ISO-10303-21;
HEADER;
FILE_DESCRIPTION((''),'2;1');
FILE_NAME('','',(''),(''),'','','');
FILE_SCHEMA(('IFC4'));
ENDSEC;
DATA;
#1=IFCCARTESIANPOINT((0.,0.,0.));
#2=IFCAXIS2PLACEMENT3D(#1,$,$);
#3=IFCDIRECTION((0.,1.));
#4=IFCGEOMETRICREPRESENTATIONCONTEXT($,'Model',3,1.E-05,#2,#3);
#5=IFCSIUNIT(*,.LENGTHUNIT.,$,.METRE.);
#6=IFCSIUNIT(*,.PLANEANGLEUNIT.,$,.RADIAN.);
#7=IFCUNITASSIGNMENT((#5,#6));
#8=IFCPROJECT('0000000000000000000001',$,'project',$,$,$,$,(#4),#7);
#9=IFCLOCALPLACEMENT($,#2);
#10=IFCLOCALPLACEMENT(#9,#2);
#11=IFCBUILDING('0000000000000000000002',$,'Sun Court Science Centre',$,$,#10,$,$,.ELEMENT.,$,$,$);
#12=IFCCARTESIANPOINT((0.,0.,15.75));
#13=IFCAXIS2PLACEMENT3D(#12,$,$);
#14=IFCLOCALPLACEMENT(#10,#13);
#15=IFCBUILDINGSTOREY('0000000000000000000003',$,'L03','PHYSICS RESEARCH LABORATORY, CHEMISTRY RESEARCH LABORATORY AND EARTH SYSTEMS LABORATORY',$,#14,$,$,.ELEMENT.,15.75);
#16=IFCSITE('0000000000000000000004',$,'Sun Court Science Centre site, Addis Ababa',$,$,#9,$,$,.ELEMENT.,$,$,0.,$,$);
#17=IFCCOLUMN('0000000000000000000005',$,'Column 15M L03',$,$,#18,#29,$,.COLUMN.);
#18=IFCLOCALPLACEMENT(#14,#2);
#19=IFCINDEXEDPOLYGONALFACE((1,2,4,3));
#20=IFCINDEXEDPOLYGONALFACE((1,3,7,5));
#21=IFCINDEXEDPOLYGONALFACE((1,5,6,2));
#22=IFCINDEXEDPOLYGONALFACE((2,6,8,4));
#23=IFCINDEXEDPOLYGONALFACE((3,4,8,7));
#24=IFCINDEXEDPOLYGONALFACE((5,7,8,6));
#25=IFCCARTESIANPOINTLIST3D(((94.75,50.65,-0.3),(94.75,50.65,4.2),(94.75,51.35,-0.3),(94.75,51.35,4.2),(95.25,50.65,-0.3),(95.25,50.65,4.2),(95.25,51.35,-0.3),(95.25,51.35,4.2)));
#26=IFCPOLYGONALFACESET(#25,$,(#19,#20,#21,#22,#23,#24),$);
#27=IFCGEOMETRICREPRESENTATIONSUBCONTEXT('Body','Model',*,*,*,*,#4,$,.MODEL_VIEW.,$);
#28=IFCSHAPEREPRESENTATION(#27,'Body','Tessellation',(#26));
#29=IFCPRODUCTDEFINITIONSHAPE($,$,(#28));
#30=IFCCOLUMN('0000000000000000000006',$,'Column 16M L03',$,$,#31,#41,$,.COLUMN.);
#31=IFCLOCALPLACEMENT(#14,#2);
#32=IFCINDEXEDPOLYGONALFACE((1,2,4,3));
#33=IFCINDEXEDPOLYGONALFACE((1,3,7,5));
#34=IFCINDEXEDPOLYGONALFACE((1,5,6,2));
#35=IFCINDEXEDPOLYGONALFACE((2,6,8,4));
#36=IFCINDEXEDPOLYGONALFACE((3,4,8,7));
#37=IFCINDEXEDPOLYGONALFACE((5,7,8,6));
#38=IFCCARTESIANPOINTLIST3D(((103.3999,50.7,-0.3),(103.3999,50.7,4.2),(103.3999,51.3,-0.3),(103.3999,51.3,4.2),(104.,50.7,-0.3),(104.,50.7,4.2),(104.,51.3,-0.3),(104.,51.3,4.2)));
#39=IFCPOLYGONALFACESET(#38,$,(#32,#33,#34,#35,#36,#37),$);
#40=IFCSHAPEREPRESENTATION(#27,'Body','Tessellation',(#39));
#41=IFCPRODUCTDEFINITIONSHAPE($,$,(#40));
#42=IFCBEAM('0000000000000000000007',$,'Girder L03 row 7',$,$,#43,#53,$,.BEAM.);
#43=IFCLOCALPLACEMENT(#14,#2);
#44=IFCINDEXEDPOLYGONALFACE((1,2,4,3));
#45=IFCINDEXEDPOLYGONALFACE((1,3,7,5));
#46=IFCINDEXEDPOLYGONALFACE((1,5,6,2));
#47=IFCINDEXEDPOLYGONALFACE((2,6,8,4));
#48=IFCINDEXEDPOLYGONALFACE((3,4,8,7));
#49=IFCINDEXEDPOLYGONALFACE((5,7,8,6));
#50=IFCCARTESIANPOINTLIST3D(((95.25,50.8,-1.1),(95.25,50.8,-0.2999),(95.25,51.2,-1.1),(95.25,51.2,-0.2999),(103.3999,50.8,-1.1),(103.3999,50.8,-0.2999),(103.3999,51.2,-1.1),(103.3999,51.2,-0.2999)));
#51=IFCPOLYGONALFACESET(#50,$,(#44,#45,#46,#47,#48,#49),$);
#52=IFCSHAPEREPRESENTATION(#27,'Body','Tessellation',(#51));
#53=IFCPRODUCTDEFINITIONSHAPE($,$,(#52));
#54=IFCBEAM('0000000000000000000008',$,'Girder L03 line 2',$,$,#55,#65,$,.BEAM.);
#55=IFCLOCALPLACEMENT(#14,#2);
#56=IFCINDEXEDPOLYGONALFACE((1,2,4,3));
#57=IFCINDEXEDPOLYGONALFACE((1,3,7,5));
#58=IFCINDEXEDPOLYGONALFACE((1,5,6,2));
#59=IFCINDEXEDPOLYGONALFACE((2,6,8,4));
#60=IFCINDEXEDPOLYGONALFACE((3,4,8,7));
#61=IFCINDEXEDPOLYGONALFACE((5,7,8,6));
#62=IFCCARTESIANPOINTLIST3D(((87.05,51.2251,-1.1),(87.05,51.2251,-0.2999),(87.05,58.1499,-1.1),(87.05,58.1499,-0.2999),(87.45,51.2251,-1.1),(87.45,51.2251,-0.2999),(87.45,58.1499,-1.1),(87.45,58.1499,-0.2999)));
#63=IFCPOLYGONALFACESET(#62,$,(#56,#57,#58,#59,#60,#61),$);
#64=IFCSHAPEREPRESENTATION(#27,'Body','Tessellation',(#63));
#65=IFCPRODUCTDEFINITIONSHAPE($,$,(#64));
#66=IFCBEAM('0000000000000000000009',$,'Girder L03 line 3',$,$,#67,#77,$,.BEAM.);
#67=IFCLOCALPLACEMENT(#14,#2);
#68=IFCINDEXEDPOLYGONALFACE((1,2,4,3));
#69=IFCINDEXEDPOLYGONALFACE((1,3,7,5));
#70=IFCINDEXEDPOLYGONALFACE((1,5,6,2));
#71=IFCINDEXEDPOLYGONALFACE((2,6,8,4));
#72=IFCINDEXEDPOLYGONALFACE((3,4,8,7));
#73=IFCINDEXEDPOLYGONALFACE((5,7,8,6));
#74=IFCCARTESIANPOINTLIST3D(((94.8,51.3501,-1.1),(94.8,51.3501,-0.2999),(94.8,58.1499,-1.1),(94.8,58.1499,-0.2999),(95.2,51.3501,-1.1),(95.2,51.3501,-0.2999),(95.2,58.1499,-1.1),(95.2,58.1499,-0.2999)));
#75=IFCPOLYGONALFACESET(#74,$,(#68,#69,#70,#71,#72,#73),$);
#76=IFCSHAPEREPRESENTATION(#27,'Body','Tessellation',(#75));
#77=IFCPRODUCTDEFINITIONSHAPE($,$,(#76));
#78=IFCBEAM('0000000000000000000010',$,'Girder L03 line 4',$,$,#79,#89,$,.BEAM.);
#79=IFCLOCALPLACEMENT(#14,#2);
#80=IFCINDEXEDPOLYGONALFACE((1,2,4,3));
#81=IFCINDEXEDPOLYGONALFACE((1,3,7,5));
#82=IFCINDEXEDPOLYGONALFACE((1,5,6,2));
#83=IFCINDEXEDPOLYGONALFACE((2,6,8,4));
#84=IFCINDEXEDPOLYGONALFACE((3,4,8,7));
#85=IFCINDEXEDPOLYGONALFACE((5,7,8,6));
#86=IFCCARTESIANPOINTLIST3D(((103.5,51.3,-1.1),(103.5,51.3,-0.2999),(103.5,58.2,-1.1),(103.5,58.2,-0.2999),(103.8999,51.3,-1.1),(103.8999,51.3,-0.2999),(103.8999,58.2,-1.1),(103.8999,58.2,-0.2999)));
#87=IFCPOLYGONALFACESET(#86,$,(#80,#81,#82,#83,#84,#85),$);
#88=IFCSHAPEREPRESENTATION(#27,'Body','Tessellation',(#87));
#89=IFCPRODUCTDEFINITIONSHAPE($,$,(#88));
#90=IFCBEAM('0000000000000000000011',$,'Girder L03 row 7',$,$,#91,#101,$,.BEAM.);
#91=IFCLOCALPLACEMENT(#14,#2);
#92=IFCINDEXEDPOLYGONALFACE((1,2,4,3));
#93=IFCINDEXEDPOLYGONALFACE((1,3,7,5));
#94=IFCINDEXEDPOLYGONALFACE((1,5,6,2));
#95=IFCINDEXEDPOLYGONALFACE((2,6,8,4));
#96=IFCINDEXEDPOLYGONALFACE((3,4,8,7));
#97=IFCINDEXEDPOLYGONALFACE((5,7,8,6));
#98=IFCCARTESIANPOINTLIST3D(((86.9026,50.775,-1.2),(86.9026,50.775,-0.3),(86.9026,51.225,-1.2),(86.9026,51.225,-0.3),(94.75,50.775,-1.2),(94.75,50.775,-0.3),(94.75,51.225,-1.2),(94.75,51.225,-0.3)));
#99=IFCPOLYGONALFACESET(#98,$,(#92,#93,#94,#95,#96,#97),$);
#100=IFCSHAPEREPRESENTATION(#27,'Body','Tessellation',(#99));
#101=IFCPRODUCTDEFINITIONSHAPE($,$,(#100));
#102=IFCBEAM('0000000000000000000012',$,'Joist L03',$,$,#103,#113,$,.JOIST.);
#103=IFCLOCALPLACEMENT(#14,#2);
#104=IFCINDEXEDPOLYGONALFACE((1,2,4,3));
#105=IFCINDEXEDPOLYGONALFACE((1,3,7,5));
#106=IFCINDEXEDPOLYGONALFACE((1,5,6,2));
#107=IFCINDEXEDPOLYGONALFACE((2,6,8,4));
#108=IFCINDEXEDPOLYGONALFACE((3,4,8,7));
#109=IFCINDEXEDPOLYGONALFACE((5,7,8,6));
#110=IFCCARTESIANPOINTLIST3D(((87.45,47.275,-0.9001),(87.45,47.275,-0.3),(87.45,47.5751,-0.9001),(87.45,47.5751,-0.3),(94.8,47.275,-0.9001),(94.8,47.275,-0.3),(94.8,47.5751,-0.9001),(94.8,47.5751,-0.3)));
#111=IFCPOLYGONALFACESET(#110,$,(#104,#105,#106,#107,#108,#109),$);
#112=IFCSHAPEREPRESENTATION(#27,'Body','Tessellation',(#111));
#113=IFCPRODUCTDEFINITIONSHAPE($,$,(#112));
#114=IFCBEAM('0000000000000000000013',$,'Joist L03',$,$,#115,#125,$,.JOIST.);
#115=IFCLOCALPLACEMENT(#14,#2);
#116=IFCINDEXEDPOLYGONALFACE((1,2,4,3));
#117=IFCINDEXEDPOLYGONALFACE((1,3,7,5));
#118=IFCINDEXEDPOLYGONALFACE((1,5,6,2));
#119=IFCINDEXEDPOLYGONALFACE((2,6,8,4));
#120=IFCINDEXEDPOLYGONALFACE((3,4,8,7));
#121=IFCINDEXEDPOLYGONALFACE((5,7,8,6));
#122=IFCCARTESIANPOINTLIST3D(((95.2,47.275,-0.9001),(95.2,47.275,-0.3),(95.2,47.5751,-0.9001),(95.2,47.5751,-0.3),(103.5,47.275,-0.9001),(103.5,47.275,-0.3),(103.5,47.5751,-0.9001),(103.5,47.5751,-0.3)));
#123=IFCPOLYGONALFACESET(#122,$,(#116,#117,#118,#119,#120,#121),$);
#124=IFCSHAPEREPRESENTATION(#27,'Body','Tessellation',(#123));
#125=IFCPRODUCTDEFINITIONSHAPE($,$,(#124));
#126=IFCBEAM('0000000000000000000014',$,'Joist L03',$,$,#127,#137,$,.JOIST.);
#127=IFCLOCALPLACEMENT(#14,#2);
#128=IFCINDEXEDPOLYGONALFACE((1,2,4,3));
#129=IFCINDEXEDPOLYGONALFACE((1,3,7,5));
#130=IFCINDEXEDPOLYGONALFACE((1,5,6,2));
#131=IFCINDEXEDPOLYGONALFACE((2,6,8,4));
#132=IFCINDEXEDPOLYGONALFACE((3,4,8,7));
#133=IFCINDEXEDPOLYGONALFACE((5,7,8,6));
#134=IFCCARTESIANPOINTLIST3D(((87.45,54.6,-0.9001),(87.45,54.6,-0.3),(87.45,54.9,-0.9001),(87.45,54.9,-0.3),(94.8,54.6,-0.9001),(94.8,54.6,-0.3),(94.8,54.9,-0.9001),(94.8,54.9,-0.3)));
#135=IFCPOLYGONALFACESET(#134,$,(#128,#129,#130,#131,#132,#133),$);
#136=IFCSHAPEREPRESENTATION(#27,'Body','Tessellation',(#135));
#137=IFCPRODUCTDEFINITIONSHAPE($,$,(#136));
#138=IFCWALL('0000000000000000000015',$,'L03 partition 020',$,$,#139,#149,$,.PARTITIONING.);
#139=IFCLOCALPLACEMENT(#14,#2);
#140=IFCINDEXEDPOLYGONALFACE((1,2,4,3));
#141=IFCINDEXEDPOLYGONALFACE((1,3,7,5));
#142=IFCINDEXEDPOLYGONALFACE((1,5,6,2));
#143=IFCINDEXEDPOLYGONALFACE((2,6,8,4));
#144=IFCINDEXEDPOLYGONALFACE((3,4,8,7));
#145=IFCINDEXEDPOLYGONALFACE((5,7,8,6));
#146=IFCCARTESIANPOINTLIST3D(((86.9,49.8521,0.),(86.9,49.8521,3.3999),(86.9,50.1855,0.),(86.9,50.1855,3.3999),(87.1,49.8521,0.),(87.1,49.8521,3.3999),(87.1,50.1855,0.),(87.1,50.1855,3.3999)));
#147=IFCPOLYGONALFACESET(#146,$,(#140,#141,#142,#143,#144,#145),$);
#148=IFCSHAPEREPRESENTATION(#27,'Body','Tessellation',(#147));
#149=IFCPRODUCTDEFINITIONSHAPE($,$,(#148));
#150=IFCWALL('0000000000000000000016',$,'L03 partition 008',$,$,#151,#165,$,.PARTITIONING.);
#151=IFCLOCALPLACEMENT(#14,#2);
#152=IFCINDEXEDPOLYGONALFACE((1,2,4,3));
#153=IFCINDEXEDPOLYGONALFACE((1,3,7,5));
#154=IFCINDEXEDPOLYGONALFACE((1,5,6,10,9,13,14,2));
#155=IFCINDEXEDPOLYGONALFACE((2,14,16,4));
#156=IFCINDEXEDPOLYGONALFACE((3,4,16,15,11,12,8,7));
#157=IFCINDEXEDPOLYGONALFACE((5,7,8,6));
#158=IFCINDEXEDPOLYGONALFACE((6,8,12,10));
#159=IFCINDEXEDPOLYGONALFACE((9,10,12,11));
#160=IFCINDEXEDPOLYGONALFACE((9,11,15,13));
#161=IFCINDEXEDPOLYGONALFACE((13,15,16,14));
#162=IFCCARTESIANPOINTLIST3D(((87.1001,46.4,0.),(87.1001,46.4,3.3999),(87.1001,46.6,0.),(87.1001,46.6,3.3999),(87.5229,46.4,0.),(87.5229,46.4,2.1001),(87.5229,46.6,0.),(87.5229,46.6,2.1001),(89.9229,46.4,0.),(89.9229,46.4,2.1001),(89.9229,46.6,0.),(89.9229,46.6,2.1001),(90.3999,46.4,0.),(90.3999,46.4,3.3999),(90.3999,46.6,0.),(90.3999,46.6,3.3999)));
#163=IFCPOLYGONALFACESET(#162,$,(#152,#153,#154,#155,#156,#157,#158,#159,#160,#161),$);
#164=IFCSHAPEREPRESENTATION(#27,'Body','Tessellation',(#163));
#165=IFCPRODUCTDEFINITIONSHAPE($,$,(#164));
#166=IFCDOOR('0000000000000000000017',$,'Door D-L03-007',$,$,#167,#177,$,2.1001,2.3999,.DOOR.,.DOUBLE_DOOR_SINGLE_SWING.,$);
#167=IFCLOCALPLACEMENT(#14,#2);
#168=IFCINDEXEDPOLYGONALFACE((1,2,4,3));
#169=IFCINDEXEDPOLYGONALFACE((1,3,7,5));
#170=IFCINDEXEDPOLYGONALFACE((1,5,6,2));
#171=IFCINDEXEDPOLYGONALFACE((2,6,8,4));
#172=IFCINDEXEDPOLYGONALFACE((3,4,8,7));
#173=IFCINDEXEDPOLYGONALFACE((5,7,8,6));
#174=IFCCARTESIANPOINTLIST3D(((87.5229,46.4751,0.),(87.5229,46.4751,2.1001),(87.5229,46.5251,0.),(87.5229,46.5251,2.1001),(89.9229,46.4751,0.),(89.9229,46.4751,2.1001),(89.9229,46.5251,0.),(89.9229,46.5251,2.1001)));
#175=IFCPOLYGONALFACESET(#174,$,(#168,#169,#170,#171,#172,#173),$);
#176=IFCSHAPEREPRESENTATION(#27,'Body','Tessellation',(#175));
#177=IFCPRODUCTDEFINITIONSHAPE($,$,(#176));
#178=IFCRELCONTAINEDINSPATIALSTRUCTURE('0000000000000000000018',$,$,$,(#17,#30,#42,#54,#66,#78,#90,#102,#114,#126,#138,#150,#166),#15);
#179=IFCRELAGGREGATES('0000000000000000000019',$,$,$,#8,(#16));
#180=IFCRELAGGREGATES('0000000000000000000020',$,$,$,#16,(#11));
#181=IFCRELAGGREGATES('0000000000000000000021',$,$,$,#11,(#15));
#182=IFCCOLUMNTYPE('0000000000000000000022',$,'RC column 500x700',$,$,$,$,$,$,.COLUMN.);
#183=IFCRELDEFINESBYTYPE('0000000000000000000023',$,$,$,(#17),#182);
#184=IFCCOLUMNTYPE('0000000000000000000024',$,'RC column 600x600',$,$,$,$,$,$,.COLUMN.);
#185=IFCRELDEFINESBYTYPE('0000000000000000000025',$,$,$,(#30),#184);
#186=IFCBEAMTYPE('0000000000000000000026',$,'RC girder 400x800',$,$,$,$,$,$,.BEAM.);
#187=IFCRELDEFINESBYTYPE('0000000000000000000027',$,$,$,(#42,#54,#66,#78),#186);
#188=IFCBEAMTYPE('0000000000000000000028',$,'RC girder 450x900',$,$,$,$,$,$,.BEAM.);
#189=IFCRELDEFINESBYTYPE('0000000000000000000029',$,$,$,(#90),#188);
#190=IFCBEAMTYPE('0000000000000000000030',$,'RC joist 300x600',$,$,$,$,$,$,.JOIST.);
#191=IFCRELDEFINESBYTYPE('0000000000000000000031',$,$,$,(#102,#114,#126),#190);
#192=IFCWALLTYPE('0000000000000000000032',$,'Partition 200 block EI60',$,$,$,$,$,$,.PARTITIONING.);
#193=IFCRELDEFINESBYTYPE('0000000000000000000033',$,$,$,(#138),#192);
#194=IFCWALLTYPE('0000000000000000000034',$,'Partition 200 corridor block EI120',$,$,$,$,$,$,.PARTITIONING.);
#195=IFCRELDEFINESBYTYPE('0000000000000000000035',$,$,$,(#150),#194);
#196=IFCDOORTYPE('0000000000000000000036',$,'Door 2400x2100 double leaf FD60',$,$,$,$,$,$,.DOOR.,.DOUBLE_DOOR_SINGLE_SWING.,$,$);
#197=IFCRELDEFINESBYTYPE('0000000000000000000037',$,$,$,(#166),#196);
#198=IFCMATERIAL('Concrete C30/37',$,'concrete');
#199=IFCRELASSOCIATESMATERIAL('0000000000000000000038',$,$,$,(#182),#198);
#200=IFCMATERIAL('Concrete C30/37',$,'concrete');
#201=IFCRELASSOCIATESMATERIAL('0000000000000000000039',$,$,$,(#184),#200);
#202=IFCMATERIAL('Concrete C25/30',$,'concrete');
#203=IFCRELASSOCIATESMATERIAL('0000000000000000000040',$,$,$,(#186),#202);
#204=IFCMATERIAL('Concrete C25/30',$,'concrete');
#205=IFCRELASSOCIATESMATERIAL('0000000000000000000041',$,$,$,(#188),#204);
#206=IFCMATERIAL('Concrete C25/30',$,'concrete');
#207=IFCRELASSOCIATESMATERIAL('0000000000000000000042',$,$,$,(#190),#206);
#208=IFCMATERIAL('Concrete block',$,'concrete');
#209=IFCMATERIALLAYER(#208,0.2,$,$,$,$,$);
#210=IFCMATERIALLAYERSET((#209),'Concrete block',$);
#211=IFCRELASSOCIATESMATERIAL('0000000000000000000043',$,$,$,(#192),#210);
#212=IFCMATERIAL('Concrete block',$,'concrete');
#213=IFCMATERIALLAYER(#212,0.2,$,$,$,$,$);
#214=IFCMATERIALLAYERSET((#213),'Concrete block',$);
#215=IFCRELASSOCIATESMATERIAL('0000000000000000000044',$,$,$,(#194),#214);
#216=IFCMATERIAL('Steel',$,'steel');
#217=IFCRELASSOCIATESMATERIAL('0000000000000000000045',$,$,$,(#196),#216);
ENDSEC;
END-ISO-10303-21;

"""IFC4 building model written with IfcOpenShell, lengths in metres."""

from ifc_helpers import new_model, si_unit, direction, frame, frame_2d, origin, origin_2d, place, context, subcontext, project, spatial, rectangle, extrude, material, layer, layer_set, material_profile, profile_set, type_object, element, fill, save


model = new_model("IFC4")

# Units and contexts
model_context = context("Model", 3, precision=1e-05, world=origin(), true_north=direction((0.0, 1.0)))
body_context = subcontext(model_context, "Body", "Model", "MODEL_VIEW")
ifc_project = project(units=[si_unit("LENGTHUNIT", "METRE"), si_unit("PLANEANGLEUNIT", "RADIAN")], contexts=[model_context])

# Site, building, storey
site_placement = place(None, origin())
site = spatial("IfcSite", under=ifc_project, at=site_placement, Name="Sun Court Science Centre site, Addis Ababa", CompositionType="ELEMENT", RefElevation=0.0)
building_placement = place(site_placement, origin())
building = spatial("IfcBuilding", under=site, at=building_placement, Name="Sun Court Science Centre", CompositionType="ELEMENT")
storey_placement = place(building_placement, frame((0.0, 0.0, 15.75)))
storey = spatial("IfcBuildingStorey", under=building, at=storey_placement, Name="L03", Description="PHYSICS RESEARCH LABORATORY, CHEMISTRY RESEARCH LABORATORY AND EARTH SYSTEMS LABORATORY", CompositionType="ELEMENT", Elevation=15.75)

# Columns
ifc_material_1 = material(Name="Concrete C30/37", Category="concrete")
ifc_material_profile_1 = material_profile(ifc_material_1, rectangle(XDim=0.5, YDim=0.7, at=origin_2d()), Name="RC 500x700")
ifc_profile_set_1 = profile_set([ifc_material_profile_1], Name="Concrete C30/37")
column_type_1 = type_object("IfcColumnType", Name="RC column 500x700", PredefinedType="COLUMN", material=ifc_profile_set_1)
column_1_placement = place(storey_placement, frame((95.0, 51.0, -0.3), z_axis=(0.0, 0.0, 1.0), x_axis=(1.0, 0.0, 0.0)))
element("IfcColumn", 1, at=column_1_placement, inside=storey, type_object=column_type_1, Name="Column 15M L03", PredefinedType="COLUMN", context=body_context, shape_type="SweptSolid", body=[
    extrude(rectangle(XDim=0.5, YDim=0.7, at=origin_2d()), origin(), (0.0, 0.0, 1.0), 4.5),
])
ifc_material_2 = material(Name="Concrete C30/37", Category="concrete")
ifc_material_profile_2 = material_profile(ifc_material_2, rectangle(XDim=0.6001, YDim=0.6001, at=origin_2d()), Name="RC 600x600")
ifc_profile_set_2 = profile_set([ifc_material_profile_2], Name="Concrete C30/37")
column_type_2 = type_object("IfcColumnType", Name="RC column 600x600", PredefinedType="COLUMN", material=ifc_profile_set_2)
column_2_placement = place(storey_placement, frame((103.7, 51.0, -0.3), z_axis=(0.0, 0.0, 1.0), x_axis=(1.0, 0.0, 0.0)))
element("IfcColumn", 2, at=column_2_placement, inside=storey, type_object=column_type_2, Name="Column 16M L03", PredefinedType="COLUMN", context=body_context, shape_type="SweptSolid", body=[
    extrude(rectangle(XDim=0.6001, YDim=0.6001, at=origin_2d()), origin(), (0.0, 0.0, 1.0), 4.5),
])

# Beams
ifc_material_3 = material(Name="Concrete C25/30", Category="concrete")
ifc_material_profile_3 = material_profile(ifc_material_3, rectangle(XDim=0.3999, YDim=0.8, at=origin_2d()), Name="RC 400x800")
ifc_profile_set_3 = profile_set([ifc_material_profile_3], Name="Concrete C25/30")
beam_type_1 = type_object("IfcBeamType", Name="RC girder 400x800", PredefinedType="BEAM", material=ifc_profile_set_3)
beam_1_placement = place(storey_placement, frame((95.25, 51.0, -0.7), z_axis=(1.0, 0.0, 0.0), x_axis=(0.0, 1.0, 0.0)))
element("IfcBeam", 3, at=beam_1_placement, inside=storey, type_object=beam_type_1, Name="Girder L03 row 7", PredefinedType="BEAM", context=body_context, shape_type="SweptSolid", body=[
    extrude(rectangle(XDim=0.3999, YDim=0.8, at=origin_2d()), origin(), (0.0, 0.0, 1.0), 8.1499),
])
beam_2_placement = place(storey_placement, frame((87.25, 51.2251, -0.7), z_axis=(0.0, 1.0, 0.0), x_axis=(-1.0, 0.0, 0.0)))
element("IfcBeam", 4, at=beam_2_placement, inside=storey, type_object=beam_type_1, Name="Girder L03 line 2", PredefinedType="BEAM", context=body_context, shape_type="SweptSolid", body=[
    extrude(rectangle(XDim=0.3999, YDim=0.8, at=origin_2d()), origin(), (0.0, 0.0, 1.0), 6.9248),
])
beam_3_placement = place(storey_placement, frame((95.0, 51.3501, -0.7), z_axis=(0.0, 1.0, 0.0), x_axis=(-1.0, 0.0, 0.0)))
element("IfcBeam", 5, at=beam_3_placement, inside=storey, type_object=beam_type_1, Name="Girder L03 line 3", PredefinedType="BEAM", context=body_context, shape_type="SweptSolid", body=[
    extrude(rectangle(XDim=0.3999, YDim=0.8, at=origin_2d()), origin(), (0.0, 0.0, 1.0), 6.7998),
])
beam_4_placement = place(storey_placement, frame((103.7, 51.3, -0.7), z_axis=(0.0, 1.0, 0.0), x_axis=(-1.0, 0.0, 0.0)))
element("IfcBeam", 6, at=beam_4_placement, inside=storey, type_object=beam_type_1, Name="Girder L03 line 4", PredefinedType="BEAM", context=body_context, shape_type="SweptSolid", body=[
    extrude(rectangle(XDim=0.3999, YDim=0.8, at=origin_2d()), origin(), (0.0, 0.0, 1.0), 6.8999),
])
ifc_material_4 = material(Name="Concrete C25/30", Category="concrete")
ifc_material_profile_4 = material_profile(ifc_material_4, rectangle(XDim=0.45, YDim=0.8999, at=origin_2d()), Name="RC 450x900")
ifc_profile_set_4 = profile_set([ifc_material_profile_4], Name="Concrete C25/30")
beam_type_2 = type_object("IfcBeamType", Name="RC girder 450x900", PredefinedType="BEAM", material=ifc_profile_set_4)
beam_5_placement = place(storey_placement, frame((86.9026, 51.0, -0.75), z_axis=(1.0, 0.0, 0.0), x_axis=(0.0, 1.0, 0.0)))
element("IfcBeam", 7, at=beam_5_placement, inside=storey, type_object=beam_type_2, Name="Girder L03 row 7", PredefinedType="BEAM", context=body_context, shape_type="SweptSolid", body=[
    extrude(rectangle(XDim=0.45, YDim=0.8999, at=origin_2d()), origin(), (0.0, 0.0, 1.0), 7.8474),
])
ifc_material_5 = material(Name="Concrete C25/30", Category="concrete")
ifc_material_profile_5 = material_profile(ifc_material_5, rectangle(XDim=0.3, YDim=0.6001, at=origin_2d()), Name="RC 300x600")
ifc_profile_set_5 = profile_set([ifc_material_profile_5], Name="Concrete C25/30")
beam_type_3 = type_object("IfcBeamType", Name="RC joist 300x600", PredefinedType="JOIST", material=ifc_profile_set_5)
beam_6_placement = place(storey_placement, frame((87.45, 47.425, -0.6001), z_axis=(1.0, 0.0, 0.0), x_axis=(0.0, 1.0, 0.0)))
element("IfcBeam", 8, at=beam_6_placement, inside=storey, type_object=beam_type_3, Name="Joist L03", PredefinedType="JOIST", context=body_context, shape_type="SweptSolid", body=[
    extrude(rectangle(XDim=0.3, YDim=0.6001, at=origin_2d()), origin(), (0.0, 0.0, 1.0), 7.3501),
])
beam_7_placement = place(storey_placement, frame((95.2, 47.425, -0.6001), z_axis=(1.0, 0.0, 0.0), x_axis=(0.0, 1.0, 0.0)))
element("IfcBeam", 9, at=beam_7_placement, inside=storey, type_object=beam_type_3, Name="Joist L03", PredefinedType="JOIST", context=body_context, shape_type="SweptSolid", body=[
    extrude(rectangle(XDim=0.3, YDim=0.6001, at=origin_2d()), origin(), (0.0, 0.0, 1.0), 8.3),
])
beam_8_placement = place(storey_placement, frame((87.45, 54.75, -0.6001), z_axis=(1.0, 0.0, 0.0), x_axis=(0.0, 1.0, 0.0)))
element("IfcBeam", 10, at=beam_8_placement, inside=storey, type_object=beam_type_3, Name="Joist L03", PredefinedType="JOIST", context=body_context, shape_type="SweptSolid", body=[
    extrude(rectangle(XDim=0.3, YDim=0.6001, at=origin_2d()), origin(), (0.0, 0.0, 1.0), 7.3501),
])

# Wall
ifc_material_6 = material(Name="Concrete block", Category="concrete")
ifc_layer_1 = layer(ifc_material_6, 0.2)
ifc_layer_set_1 = layer_set([ifc_layer_1], Name="Concrete block")
wall_type_1 = type_object("IfcWallType", Name="Partition 200 block EI60", PredefinedType="PARTITIONING", material=ifc_layer_set_1)
wall_1_placement = place(storey_placement, frame((87.0, 49.8521, 0.0), z_axis=(0.0, 0.0, 1.0), x_axis=(0.0, 1.0, 0.0)))
element("IfcWall", 11, at=wall_1_placement, inside=storey, type_object=wall_type_1, Name="L03 partition 020", PredefinedType="PARTITIONING", context=body_context, shape_type="SweptSolid", body=[
    extrude(rectangle(XDim=0.3335, YDim=0.2, at=frame_2d((0.1667, 0.0))), origin(), (0.0, 0.0, 1.0), 3.3999),
])

# Wall, opening, door
ifc_material_7 = material(Name="Concrete block", Category="concrete")
ifc_layer_2 = layer(ifc_material_7, 0.2)
ifc_layer_set_2 = layer_set([ifc_layer_2], Name="Concrete block")
wall_type_2 = type_object("IfcWallType", Name="Partition 200 corridor block EI120", PredefinedType="PARTITIONING", material=ifc_layer_set_2)
wall_2_placement = place(storey_placement, frame((90.3999, 46.5, 0.0), z_axis=(0.0, 0.0, 1.0), x_axis=(-1.0, 0.0, 0.0)))
wall_2 = element("IfcWall", 12, at=wall_2_placement, inside=storey, type_object=wall_type_2, Name="L03 partition 008", PredefinedType="PARTITIONING", context=body_context, shape_type="SweptSolid", body=[
    extrude(rectangle(XDim=3.2998, YDim=0.2, at=frame_2d((1.6499, 0.0))), origin(), (0.0, 0.0, 1.0), 3.3999),
])
opening_1_placement = place(wall_2_placement, frame((0.4771, 0.0, 0.0)))
opening_1 = element("IfcOpeningElement", 13, at=opening_1_placement, cuts=wall_2, PredefinedType="OPENING", context=body_context, shape_type="SweptSolid", body=[
    extrude(rectangle(XDim=2.3999, YDim=2.1001, at=frame_2d((1.2, 1.05))), frame((0.0, 0.1099, 0.0), z_axis=(0.0, -1.0, 0.0), x_axis=(1.0, 0.0, 0.0)), (0.0, 0.0, 1.0), 0.22),
])
ifc_material_8 = material(Name="Steel", Category="steel")
door_type_1 = type_object("IfcDoorType", Name="Door 2400x2100 double leaf FD60", OperationType="DOUBLE_DOOR_SINGLE_SWING", PredefinedType="DOOR", material=ifc_material_8)
door_1_placement = place(opening_1_placement, origin())
door_1 = element("IfcDoor", 14, at=door_1_placement, inside=storey, type_object=door_type_1, Name="Door D-L03-007", OperationType="DOUBLE_DOOR_SINGLE_SWING", OverallHeight=2.1001, OverallWidth=2.3999, PredefinedType="DOOR", context=body_context, shape_type="SweptSolid", body=[
    extrude(rectangle(XDim=2.3999, YDim=2.1001, at=frame_2d((1.2, 1.05))), frame((0.0, 0.0249, 0.0), z_axis=(0.0, -1.0, 0.0), x_axis=(1.0, 0.0, 0.0)), (0.0, 0.0, 1.0), 0.05),
])
fill(opening_1, door_1)

save(model, "model.ifc")
